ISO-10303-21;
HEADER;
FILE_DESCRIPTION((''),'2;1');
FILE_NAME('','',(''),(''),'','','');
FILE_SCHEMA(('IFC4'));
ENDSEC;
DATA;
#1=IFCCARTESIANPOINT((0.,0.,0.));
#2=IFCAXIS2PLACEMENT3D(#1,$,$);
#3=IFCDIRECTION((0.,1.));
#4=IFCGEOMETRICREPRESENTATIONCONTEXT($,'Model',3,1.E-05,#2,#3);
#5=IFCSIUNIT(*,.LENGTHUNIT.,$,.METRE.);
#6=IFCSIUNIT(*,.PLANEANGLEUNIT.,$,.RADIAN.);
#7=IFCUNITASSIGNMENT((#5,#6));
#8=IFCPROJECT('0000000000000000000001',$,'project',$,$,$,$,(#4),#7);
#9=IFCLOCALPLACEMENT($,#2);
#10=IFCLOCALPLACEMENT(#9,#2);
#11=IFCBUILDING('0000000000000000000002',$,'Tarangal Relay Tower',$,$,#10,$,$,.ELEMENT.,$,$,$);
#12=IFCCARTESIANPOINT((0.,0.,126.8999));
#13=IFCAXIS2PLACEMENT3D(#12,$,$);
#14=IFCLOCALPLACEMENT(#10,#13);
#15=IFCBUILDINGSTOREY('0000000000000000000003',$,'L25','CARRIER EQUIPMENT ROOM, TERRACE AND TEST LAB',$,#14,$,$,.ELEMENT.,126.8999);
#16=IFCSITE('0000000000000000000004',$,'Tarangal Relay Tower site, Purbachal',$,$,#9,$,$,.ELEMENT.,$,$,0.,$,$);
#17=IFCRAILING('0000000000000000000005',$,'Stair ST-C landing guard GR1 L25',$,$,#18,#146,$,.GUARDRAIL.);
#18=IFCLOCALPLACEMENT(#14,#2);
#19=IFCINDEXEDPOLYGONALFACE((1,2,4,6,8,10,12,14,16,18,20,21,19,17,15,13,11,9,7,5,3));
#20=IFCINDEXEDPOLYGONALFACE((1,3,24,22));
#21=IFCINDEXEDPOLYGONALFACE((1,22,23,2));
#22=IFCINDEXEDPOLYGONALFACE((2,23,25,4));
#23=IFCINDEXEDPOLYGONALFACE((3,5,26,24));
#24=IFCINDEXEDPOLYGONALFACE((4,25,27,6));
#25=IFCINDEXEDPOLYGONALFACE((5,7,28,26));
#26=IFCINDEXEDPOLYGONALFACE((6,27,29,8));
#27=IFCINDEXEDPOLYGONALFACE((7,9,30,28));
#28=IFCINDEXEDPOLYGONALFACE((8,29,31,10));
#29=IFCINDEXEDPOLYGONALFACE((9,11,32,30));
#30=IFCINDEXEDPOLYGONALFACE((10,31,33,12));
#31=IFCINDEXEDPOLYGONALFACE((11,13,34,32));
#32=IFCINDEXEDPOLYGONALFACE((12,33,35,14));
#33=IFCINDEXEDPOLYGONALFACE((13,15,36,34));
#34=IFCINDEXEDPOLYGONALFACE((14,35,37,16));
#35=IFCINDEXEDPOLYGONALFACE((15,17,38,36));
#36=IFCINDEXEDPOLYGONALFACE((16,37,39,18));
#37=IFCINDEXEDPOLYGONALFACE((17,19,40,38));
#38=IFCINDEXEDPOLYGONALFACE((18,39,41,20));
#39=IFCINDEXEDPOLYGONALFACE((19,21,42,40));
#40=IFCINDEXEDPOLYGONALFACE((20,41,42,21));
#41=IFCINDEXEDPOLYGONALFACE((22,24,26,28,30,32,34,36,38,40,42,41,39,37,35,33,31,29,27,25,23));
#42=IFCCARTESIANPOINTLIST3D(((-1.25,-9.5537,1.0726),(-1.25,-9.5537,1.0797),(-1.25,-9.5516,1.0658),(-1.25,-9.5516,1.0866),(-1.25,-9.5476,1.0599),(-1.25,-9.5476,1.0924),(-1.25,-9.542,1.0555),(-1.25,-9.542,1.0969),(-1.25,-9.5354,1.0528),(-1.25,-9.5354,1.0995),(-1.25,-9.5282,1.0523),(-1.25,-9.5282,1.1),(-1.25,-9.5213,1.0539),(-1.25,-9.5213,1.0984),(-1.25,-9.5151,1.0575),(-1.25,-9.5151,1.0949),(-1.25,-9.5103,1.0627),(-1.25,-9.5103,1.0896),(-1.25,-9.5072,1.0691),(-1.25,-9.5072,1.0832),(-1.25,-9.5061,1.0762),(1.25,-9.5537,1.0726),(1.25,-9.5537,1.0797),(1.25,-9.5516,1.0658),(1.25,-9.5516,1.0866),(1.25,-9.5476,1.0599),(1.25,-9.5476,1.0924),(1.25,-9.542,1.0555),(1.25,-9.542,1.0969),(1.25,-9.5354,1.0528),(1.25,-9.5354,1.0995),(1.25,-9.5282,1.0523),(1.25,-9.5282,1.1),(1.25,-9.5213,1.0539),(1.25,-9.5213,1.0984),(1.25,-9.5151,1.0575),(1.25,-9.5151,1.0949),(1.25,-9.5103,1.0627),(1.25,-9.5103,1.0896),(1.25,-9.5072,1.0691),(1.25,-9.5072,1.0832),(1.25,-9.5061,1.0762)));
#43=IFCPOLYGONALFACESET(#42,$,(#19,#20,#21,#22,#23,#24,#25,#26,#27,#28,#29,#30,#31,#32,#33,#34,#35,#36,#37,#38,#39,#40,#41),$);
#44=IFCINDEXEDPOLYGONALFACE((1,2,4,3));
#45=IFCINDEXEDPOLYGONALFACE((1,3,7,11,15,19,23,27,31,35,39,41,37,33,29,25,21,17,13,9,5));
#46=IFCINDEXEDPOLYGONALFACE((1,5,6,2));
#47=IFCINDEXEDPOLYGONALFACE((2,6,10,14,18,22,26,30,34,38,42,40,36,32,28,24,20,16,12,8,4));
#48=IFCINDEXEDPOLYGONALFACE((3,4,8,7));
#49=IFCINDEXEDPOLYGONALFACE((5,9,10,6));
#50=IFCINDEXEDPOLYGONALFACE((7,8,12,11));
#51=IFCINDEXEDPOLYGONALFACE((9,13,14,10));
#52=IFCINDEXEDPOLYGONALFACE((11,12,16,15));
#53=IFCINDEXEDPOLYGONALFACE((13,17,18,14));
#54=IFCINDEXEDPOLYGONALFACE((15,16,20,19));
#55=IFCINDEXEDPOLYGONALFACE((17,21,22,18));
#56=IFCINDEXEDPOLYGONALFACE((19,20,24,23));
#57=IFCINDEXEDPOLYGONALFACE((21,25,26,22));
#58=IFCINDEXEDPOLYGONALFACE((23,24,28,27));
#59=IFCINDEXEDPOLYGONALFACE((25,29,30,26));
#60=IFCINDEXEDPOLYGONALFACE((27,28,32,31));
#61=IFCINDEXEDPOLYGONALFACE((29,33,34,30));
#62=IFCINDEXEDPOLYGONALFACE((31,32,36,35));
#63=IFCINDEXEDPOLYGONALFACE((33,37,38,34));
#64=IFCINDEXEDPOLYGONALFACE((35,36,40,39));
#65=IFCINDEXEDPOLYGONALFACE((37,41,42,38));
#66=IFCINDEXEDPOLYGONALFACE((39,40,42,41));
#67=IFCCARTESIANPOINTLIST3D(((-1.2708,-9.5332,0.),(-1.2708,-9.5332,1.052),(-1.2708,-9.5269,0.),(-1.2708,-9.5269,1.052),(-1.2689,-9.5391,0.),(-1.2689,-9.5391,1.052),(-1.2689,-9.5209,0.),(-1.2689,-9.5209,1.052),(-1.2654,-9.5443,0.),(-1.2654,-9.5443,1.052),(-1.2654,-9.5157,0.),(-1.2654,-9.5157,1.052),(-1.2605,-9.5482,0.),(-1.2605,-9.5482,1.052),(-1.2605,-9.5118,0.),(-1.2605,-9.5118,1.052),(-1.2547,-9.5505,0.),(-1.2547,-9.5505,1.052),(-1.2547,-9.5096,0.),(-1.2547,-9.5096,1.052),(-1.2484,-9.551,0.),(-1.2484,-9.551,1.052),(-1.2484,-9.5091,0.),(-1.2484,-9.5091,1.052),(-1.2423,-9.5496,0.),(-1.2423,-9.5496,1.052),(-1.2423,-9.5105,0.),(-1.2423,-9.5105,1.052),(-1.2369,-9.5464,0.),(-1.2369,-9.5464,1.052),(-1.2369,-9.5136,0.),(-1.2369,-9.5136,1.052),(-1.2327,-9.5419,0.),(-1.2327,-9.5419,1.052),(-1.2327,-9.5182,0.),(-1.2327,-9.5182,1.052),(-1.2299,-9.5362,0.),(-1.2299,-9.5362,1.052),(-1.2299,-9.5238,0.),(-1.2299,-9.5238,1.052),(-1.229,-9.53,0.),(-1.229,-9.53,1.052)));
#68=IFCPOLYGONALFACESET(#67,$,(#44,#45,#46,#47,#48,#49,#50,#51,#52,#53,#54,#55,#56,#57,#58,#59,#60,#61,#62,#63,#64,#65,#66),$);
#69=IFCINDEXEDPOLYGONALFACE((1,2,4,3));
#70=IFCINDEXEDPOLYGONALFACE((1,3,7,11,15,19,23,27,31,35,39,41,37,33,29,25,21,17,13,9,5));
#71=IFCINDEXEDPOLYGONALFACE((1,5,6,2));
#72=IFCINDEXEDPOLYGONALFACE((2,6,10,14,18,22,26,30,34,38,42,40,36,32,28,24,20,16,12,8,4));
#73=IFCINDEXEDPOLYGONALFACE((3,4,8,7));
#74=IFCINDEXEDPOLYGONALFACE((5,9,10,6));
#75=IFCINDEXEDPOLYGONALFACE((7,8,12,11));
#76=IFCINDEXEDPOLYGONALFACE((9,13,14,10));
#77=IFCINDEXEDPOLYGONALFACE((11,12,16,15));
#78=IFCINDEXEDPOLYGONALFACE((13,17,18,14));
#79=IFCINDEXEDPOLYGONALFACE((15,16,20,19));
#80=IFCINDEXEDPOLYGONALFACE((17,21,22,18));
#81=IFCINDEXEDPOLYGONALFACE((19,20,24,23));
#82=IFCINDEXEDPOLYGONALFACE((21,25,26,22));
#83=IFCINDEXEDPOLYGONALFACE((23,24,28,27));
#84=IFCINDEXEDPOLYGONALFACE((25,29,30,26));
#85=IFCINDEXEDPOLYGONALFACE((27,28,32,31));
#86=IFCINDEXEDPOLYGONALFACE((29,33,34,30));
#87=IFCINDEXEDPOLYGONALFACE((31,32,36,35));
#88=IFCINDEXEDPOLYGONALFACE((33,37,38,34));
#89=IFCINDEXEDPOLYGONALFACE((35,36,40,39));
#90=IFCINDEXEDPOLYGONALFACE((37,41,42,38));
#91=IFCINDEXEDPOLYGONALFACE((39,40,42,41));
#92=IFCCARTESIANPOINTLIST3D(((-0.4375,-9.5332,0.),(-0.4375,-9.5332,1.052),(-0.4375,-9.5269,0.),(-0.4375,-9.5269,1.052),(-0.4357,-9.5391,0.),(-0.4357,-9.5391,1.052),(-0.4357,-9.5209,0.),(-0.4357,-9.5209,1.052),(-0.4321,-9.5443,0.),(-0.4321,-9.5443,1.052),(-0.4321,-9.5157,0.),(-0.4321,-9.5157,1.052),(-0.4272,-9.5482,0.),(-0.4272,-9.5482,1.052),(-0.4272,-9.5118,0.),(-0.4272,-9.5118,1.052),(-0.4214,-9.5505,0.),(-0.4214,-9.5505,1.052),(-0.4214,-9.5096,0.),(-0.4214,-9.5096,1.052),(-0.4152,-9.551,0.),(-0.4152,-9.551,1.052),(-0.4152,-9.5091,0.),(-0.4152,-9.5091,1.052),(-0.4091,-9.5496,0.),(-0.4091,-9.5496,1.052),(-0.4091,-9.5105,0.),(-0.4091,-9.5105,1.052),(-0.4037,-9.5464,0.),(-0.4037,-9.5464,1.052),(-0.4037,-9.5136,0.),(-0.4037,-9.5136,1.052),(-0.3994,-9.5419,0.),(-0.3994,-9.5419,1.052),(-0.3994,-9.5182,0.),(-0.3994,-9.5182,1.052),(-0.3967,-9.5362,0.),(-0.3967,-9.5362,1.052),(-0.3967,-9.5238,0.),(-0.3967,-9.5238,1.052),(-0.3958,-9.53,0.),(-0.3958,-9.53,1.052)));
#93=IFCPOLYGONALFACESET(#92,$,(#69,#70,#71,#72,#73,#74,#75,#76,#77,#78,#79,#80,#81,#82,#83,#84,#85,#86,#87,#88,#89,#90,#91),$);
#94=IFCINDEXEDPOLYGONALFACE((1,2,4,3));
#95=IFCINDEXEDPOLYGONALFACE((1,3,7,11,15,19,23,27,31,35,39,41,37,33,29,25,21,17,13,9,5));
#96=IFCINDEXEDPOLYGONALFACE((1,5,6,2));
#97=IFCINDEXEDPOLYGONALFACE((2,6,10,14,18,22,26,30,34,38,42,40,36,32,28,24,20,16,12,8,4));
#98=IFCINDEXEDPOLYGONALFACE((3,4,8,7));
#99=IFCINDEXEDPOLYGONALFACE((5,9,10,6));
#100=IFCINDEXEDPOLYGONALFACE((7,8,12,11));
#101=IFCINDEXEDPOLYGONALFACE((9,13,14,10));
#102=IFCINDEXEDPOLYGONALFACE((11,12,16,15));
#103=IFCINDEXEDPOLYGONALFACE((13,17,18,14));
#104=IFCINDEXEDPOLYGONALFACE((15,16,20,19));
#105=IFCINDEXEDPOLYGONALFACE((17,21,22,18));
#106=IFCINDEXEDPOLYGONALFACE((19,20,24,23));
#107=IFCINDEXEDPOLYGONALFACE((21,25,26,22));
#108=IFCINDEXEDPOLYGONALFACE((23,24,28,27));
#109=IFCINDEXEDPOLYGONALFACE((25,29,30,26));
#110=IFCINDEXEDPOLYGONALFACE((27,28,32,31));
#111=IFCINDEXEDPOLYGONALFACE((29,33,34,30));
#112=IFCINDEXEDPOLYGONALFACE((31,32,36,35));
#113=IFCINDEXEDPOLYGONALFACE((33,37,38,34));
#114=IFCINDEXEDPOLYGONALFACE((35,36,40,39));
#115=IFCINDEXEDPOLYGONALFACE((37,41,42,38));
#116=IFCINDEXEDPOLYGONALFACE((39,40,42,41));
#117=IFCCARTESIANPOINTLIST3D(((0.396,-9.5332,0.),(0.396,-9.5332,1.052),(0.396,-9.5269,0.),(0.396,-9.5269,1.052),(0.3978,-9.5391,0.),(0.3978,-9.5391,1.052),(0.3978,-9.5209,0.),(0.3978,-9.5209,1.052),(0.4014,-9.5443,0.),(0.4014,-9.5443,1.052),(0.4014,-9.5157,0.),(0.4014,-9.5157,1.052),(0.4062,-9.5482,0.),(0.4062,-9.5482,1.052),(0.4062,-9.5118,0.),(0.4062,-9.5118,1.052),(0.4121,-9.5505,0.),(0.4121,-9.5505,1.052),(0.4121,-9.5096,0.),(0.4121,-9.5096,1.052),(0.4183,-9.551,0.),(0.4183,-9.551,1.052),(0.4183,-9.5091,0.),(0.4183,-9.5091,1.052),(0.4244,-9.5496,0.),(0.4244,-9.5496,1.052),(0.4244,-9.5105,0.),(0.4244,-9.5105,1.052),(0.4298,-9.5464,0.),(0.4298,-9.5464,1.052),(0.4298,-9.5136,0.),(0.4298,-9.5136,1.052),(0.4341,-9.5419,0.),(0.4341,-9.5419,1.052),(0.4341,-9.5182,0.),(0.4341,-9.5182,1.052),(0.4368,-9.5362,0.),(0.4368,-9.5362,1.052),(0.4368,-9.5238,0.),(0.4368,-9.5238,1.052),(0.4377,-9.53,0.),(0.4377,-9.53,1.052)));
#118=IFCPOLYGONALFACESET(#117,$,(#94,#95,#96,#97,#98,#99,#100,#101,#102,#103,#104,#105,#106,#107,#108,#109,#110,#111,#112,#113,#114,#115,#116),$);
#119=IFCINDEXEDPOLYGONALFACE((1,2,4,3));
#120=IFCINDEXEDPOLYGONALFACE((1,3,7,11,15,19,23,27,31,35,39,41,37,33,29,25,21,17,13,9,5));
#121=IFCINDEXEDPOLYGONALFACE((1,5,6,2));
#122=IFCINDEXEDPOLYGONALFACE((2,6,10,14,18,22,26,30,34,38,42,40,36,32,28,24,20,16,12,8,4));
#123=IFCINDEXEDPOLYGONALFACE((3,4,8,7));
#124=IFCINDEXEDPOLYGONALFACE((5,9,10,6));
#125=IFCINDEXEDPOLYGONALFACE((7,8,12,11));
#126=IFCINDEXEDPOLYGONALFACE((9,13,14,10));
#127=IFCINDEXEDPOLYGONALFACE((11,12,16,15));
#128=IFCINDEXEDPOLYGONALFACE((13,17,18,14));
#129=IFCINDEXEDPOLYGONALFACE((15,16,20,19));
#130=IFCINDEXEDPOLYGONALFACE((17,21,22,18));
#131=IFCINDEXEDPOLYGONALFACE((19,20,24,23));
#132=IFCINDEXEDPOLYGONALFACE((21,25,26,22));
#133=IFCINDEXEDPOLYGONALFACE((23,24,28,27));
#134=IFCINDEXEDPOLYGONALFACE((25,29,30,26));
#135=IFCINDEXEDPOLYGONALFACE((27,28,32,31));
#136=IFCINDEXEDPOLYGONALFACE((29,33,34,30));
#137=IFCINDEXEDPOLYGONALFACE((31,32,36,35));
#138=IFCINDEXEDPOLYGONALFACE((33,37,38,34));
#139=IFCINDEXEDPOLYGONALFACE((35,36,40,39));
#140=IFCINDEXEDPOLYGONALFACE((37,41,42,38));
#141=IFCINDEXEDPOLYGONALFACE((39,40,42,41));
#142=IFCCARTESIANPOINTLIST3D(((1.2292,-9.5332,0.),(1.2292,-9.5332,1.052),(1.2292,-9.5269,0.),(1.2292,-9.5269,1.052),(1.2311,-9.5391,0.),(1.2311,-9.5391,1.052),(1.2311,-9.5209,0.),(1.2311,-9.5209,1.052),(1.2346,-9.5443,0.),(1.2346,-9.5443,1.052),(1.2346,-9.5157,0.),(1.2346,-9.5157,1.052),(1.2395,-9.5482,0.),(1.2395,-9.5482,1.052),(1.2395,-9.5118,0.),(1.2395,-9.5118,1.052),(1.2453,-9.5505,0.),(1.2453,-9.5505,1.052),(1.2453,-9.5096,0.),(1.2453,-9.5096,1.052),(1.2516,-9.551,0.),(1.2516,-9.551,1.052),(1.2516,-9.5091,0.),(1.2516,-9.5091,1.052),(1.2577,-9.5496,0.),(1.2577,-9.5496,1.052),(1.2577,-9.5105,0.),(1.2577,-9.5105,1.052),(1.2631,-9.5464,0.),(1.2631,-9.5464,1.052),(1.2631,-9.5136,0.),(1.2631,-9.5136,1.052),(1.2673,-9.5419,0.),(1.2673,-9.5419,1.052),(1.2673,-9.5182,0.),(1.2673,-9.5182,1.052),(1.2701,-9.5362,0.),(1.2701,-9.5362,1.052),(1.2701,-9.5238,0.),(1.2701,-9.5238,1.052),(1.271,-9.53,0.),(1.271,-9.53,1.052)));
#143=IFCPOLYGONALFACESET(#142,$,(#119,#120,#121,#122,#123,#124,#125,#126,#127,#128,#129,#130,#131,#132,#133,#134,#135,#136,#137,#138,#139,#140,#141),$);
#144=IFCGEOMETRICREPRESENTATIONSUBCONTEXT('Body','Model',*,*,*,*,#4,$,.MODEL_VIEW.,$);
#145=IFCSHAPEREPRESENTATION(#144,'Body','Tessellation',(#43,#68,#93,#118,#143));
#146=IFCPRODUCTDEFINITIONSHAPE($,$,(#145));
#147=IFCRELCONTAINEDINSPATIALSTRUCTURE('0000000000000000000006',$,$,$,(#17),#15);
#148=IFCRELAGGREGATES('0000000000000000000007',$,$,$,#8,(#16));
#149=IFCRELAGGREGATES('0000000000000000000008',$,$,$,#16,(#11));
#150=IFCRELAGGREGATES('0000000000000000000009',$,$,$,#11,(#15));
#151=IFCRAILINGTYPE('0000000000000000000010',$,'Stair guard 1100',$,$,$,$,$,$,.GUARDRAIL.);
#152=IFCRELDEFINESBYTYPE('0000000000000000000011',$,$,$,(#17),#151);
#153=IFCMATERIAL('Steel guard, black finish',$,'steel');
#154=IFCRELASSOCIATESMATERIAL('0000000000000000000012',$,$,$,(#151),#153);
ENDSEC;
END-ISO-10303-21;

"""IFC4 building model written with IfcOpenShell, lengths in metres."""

from ifc_helpers import new_model, si_unit, direction, frame, origin, origin_2d, place, context, subcontext, project, spatial, circle, extrude, material, type_object, element, save


model = new_model("IFC4")

# Units and contexts
model_context = context("Model", 3, precision=1e-05, world=origin(), true_north=direction((0.0, 1.0)))
body_context = subcontext(model_context, "Body", "Model", "MODEL_VIEW")
ifc_project = project(units=[si_unit("LENGTHUNIT", "METRE"), si_unit("PLANEANGLEUNIT", "RADIAN")], contexts=[model_context])

# Site, building, storey
site_placement = place(None, origin())
site = spatial("IfcSite", under=ifc_project, at=site_placement, Name="Tarangal Relay Tower site, Purbachal", CompositionType="ELEMENT", RefElevation=0.0)
building_placement = place(site_placement, origin())
building = spatial("IfcBuilding", under=site, at=building_placement, Name="Tarangal Relay Tower", CompositionType="ELEMENT")
storey_placement = place(building_placement, frame((0.0, 0.0, 126.8999)))
storey = spatial("IfcBuildingStorey", under=building, at=storey_placement, Name="L25", Description="CARRIER EQUIPMENT ROOM, TERRACE AND TEST LAB", CompositionType="ELEMENT", Elevation=126.8999)

# Railing
ifc_material_1 = material(Name="Steel guard, black finish", Category="steel")
railing_type_1 = type_object("IfcRailingType", Name="Stair guard 1100", PredefinedType="GUARDRAIL", material=ifc_material_1)
for number, where, name in (
    (1, (-1.25, -9.53, 0.0), "Stair ST-C landing guard GR1 L25"),
):
    element("IfcRailing", number, at=place(storey_placement, frame(where)), inside=storey, type_object=railing_type_1, Name=name, PredefinedType="GUARDRAIL", context=body_context, shape_type="SweptSolid", body=[
        extrude(circle(Radius=0.0239, at=origin_2d()), frame((0.0, 0.0, 1.0762), z_axis=(1.0, 0.0, 0.0), x_axis=(0.0, 1.0, 0.0)), (0.0, 0.0, 1.0), 2.5),
        extrude(circle(Radius=0.021, at=origin_2d()), origin(), (0.0, 0.0, 1.0), 1.052),
        extrude(circle(Radius=0.021, at=origin_2d()), frame((0.8333, 0.0, 0.0)), (0.0, 0.0, 1.0), 1.052),
        extrude(circle(Radius=0.021, at=origin_2d()), frame((1.6667, 0.0, 0.0)), (0.0, 0.0, 1.0), 1.052),
        extrude(circle(Radius=0.021, at=origin_2d()), frame((2.5, 0.0, 0.0)), (0.0, 0.0, 1.0), 1.052),
    ])

save(model, "model.ifc")
